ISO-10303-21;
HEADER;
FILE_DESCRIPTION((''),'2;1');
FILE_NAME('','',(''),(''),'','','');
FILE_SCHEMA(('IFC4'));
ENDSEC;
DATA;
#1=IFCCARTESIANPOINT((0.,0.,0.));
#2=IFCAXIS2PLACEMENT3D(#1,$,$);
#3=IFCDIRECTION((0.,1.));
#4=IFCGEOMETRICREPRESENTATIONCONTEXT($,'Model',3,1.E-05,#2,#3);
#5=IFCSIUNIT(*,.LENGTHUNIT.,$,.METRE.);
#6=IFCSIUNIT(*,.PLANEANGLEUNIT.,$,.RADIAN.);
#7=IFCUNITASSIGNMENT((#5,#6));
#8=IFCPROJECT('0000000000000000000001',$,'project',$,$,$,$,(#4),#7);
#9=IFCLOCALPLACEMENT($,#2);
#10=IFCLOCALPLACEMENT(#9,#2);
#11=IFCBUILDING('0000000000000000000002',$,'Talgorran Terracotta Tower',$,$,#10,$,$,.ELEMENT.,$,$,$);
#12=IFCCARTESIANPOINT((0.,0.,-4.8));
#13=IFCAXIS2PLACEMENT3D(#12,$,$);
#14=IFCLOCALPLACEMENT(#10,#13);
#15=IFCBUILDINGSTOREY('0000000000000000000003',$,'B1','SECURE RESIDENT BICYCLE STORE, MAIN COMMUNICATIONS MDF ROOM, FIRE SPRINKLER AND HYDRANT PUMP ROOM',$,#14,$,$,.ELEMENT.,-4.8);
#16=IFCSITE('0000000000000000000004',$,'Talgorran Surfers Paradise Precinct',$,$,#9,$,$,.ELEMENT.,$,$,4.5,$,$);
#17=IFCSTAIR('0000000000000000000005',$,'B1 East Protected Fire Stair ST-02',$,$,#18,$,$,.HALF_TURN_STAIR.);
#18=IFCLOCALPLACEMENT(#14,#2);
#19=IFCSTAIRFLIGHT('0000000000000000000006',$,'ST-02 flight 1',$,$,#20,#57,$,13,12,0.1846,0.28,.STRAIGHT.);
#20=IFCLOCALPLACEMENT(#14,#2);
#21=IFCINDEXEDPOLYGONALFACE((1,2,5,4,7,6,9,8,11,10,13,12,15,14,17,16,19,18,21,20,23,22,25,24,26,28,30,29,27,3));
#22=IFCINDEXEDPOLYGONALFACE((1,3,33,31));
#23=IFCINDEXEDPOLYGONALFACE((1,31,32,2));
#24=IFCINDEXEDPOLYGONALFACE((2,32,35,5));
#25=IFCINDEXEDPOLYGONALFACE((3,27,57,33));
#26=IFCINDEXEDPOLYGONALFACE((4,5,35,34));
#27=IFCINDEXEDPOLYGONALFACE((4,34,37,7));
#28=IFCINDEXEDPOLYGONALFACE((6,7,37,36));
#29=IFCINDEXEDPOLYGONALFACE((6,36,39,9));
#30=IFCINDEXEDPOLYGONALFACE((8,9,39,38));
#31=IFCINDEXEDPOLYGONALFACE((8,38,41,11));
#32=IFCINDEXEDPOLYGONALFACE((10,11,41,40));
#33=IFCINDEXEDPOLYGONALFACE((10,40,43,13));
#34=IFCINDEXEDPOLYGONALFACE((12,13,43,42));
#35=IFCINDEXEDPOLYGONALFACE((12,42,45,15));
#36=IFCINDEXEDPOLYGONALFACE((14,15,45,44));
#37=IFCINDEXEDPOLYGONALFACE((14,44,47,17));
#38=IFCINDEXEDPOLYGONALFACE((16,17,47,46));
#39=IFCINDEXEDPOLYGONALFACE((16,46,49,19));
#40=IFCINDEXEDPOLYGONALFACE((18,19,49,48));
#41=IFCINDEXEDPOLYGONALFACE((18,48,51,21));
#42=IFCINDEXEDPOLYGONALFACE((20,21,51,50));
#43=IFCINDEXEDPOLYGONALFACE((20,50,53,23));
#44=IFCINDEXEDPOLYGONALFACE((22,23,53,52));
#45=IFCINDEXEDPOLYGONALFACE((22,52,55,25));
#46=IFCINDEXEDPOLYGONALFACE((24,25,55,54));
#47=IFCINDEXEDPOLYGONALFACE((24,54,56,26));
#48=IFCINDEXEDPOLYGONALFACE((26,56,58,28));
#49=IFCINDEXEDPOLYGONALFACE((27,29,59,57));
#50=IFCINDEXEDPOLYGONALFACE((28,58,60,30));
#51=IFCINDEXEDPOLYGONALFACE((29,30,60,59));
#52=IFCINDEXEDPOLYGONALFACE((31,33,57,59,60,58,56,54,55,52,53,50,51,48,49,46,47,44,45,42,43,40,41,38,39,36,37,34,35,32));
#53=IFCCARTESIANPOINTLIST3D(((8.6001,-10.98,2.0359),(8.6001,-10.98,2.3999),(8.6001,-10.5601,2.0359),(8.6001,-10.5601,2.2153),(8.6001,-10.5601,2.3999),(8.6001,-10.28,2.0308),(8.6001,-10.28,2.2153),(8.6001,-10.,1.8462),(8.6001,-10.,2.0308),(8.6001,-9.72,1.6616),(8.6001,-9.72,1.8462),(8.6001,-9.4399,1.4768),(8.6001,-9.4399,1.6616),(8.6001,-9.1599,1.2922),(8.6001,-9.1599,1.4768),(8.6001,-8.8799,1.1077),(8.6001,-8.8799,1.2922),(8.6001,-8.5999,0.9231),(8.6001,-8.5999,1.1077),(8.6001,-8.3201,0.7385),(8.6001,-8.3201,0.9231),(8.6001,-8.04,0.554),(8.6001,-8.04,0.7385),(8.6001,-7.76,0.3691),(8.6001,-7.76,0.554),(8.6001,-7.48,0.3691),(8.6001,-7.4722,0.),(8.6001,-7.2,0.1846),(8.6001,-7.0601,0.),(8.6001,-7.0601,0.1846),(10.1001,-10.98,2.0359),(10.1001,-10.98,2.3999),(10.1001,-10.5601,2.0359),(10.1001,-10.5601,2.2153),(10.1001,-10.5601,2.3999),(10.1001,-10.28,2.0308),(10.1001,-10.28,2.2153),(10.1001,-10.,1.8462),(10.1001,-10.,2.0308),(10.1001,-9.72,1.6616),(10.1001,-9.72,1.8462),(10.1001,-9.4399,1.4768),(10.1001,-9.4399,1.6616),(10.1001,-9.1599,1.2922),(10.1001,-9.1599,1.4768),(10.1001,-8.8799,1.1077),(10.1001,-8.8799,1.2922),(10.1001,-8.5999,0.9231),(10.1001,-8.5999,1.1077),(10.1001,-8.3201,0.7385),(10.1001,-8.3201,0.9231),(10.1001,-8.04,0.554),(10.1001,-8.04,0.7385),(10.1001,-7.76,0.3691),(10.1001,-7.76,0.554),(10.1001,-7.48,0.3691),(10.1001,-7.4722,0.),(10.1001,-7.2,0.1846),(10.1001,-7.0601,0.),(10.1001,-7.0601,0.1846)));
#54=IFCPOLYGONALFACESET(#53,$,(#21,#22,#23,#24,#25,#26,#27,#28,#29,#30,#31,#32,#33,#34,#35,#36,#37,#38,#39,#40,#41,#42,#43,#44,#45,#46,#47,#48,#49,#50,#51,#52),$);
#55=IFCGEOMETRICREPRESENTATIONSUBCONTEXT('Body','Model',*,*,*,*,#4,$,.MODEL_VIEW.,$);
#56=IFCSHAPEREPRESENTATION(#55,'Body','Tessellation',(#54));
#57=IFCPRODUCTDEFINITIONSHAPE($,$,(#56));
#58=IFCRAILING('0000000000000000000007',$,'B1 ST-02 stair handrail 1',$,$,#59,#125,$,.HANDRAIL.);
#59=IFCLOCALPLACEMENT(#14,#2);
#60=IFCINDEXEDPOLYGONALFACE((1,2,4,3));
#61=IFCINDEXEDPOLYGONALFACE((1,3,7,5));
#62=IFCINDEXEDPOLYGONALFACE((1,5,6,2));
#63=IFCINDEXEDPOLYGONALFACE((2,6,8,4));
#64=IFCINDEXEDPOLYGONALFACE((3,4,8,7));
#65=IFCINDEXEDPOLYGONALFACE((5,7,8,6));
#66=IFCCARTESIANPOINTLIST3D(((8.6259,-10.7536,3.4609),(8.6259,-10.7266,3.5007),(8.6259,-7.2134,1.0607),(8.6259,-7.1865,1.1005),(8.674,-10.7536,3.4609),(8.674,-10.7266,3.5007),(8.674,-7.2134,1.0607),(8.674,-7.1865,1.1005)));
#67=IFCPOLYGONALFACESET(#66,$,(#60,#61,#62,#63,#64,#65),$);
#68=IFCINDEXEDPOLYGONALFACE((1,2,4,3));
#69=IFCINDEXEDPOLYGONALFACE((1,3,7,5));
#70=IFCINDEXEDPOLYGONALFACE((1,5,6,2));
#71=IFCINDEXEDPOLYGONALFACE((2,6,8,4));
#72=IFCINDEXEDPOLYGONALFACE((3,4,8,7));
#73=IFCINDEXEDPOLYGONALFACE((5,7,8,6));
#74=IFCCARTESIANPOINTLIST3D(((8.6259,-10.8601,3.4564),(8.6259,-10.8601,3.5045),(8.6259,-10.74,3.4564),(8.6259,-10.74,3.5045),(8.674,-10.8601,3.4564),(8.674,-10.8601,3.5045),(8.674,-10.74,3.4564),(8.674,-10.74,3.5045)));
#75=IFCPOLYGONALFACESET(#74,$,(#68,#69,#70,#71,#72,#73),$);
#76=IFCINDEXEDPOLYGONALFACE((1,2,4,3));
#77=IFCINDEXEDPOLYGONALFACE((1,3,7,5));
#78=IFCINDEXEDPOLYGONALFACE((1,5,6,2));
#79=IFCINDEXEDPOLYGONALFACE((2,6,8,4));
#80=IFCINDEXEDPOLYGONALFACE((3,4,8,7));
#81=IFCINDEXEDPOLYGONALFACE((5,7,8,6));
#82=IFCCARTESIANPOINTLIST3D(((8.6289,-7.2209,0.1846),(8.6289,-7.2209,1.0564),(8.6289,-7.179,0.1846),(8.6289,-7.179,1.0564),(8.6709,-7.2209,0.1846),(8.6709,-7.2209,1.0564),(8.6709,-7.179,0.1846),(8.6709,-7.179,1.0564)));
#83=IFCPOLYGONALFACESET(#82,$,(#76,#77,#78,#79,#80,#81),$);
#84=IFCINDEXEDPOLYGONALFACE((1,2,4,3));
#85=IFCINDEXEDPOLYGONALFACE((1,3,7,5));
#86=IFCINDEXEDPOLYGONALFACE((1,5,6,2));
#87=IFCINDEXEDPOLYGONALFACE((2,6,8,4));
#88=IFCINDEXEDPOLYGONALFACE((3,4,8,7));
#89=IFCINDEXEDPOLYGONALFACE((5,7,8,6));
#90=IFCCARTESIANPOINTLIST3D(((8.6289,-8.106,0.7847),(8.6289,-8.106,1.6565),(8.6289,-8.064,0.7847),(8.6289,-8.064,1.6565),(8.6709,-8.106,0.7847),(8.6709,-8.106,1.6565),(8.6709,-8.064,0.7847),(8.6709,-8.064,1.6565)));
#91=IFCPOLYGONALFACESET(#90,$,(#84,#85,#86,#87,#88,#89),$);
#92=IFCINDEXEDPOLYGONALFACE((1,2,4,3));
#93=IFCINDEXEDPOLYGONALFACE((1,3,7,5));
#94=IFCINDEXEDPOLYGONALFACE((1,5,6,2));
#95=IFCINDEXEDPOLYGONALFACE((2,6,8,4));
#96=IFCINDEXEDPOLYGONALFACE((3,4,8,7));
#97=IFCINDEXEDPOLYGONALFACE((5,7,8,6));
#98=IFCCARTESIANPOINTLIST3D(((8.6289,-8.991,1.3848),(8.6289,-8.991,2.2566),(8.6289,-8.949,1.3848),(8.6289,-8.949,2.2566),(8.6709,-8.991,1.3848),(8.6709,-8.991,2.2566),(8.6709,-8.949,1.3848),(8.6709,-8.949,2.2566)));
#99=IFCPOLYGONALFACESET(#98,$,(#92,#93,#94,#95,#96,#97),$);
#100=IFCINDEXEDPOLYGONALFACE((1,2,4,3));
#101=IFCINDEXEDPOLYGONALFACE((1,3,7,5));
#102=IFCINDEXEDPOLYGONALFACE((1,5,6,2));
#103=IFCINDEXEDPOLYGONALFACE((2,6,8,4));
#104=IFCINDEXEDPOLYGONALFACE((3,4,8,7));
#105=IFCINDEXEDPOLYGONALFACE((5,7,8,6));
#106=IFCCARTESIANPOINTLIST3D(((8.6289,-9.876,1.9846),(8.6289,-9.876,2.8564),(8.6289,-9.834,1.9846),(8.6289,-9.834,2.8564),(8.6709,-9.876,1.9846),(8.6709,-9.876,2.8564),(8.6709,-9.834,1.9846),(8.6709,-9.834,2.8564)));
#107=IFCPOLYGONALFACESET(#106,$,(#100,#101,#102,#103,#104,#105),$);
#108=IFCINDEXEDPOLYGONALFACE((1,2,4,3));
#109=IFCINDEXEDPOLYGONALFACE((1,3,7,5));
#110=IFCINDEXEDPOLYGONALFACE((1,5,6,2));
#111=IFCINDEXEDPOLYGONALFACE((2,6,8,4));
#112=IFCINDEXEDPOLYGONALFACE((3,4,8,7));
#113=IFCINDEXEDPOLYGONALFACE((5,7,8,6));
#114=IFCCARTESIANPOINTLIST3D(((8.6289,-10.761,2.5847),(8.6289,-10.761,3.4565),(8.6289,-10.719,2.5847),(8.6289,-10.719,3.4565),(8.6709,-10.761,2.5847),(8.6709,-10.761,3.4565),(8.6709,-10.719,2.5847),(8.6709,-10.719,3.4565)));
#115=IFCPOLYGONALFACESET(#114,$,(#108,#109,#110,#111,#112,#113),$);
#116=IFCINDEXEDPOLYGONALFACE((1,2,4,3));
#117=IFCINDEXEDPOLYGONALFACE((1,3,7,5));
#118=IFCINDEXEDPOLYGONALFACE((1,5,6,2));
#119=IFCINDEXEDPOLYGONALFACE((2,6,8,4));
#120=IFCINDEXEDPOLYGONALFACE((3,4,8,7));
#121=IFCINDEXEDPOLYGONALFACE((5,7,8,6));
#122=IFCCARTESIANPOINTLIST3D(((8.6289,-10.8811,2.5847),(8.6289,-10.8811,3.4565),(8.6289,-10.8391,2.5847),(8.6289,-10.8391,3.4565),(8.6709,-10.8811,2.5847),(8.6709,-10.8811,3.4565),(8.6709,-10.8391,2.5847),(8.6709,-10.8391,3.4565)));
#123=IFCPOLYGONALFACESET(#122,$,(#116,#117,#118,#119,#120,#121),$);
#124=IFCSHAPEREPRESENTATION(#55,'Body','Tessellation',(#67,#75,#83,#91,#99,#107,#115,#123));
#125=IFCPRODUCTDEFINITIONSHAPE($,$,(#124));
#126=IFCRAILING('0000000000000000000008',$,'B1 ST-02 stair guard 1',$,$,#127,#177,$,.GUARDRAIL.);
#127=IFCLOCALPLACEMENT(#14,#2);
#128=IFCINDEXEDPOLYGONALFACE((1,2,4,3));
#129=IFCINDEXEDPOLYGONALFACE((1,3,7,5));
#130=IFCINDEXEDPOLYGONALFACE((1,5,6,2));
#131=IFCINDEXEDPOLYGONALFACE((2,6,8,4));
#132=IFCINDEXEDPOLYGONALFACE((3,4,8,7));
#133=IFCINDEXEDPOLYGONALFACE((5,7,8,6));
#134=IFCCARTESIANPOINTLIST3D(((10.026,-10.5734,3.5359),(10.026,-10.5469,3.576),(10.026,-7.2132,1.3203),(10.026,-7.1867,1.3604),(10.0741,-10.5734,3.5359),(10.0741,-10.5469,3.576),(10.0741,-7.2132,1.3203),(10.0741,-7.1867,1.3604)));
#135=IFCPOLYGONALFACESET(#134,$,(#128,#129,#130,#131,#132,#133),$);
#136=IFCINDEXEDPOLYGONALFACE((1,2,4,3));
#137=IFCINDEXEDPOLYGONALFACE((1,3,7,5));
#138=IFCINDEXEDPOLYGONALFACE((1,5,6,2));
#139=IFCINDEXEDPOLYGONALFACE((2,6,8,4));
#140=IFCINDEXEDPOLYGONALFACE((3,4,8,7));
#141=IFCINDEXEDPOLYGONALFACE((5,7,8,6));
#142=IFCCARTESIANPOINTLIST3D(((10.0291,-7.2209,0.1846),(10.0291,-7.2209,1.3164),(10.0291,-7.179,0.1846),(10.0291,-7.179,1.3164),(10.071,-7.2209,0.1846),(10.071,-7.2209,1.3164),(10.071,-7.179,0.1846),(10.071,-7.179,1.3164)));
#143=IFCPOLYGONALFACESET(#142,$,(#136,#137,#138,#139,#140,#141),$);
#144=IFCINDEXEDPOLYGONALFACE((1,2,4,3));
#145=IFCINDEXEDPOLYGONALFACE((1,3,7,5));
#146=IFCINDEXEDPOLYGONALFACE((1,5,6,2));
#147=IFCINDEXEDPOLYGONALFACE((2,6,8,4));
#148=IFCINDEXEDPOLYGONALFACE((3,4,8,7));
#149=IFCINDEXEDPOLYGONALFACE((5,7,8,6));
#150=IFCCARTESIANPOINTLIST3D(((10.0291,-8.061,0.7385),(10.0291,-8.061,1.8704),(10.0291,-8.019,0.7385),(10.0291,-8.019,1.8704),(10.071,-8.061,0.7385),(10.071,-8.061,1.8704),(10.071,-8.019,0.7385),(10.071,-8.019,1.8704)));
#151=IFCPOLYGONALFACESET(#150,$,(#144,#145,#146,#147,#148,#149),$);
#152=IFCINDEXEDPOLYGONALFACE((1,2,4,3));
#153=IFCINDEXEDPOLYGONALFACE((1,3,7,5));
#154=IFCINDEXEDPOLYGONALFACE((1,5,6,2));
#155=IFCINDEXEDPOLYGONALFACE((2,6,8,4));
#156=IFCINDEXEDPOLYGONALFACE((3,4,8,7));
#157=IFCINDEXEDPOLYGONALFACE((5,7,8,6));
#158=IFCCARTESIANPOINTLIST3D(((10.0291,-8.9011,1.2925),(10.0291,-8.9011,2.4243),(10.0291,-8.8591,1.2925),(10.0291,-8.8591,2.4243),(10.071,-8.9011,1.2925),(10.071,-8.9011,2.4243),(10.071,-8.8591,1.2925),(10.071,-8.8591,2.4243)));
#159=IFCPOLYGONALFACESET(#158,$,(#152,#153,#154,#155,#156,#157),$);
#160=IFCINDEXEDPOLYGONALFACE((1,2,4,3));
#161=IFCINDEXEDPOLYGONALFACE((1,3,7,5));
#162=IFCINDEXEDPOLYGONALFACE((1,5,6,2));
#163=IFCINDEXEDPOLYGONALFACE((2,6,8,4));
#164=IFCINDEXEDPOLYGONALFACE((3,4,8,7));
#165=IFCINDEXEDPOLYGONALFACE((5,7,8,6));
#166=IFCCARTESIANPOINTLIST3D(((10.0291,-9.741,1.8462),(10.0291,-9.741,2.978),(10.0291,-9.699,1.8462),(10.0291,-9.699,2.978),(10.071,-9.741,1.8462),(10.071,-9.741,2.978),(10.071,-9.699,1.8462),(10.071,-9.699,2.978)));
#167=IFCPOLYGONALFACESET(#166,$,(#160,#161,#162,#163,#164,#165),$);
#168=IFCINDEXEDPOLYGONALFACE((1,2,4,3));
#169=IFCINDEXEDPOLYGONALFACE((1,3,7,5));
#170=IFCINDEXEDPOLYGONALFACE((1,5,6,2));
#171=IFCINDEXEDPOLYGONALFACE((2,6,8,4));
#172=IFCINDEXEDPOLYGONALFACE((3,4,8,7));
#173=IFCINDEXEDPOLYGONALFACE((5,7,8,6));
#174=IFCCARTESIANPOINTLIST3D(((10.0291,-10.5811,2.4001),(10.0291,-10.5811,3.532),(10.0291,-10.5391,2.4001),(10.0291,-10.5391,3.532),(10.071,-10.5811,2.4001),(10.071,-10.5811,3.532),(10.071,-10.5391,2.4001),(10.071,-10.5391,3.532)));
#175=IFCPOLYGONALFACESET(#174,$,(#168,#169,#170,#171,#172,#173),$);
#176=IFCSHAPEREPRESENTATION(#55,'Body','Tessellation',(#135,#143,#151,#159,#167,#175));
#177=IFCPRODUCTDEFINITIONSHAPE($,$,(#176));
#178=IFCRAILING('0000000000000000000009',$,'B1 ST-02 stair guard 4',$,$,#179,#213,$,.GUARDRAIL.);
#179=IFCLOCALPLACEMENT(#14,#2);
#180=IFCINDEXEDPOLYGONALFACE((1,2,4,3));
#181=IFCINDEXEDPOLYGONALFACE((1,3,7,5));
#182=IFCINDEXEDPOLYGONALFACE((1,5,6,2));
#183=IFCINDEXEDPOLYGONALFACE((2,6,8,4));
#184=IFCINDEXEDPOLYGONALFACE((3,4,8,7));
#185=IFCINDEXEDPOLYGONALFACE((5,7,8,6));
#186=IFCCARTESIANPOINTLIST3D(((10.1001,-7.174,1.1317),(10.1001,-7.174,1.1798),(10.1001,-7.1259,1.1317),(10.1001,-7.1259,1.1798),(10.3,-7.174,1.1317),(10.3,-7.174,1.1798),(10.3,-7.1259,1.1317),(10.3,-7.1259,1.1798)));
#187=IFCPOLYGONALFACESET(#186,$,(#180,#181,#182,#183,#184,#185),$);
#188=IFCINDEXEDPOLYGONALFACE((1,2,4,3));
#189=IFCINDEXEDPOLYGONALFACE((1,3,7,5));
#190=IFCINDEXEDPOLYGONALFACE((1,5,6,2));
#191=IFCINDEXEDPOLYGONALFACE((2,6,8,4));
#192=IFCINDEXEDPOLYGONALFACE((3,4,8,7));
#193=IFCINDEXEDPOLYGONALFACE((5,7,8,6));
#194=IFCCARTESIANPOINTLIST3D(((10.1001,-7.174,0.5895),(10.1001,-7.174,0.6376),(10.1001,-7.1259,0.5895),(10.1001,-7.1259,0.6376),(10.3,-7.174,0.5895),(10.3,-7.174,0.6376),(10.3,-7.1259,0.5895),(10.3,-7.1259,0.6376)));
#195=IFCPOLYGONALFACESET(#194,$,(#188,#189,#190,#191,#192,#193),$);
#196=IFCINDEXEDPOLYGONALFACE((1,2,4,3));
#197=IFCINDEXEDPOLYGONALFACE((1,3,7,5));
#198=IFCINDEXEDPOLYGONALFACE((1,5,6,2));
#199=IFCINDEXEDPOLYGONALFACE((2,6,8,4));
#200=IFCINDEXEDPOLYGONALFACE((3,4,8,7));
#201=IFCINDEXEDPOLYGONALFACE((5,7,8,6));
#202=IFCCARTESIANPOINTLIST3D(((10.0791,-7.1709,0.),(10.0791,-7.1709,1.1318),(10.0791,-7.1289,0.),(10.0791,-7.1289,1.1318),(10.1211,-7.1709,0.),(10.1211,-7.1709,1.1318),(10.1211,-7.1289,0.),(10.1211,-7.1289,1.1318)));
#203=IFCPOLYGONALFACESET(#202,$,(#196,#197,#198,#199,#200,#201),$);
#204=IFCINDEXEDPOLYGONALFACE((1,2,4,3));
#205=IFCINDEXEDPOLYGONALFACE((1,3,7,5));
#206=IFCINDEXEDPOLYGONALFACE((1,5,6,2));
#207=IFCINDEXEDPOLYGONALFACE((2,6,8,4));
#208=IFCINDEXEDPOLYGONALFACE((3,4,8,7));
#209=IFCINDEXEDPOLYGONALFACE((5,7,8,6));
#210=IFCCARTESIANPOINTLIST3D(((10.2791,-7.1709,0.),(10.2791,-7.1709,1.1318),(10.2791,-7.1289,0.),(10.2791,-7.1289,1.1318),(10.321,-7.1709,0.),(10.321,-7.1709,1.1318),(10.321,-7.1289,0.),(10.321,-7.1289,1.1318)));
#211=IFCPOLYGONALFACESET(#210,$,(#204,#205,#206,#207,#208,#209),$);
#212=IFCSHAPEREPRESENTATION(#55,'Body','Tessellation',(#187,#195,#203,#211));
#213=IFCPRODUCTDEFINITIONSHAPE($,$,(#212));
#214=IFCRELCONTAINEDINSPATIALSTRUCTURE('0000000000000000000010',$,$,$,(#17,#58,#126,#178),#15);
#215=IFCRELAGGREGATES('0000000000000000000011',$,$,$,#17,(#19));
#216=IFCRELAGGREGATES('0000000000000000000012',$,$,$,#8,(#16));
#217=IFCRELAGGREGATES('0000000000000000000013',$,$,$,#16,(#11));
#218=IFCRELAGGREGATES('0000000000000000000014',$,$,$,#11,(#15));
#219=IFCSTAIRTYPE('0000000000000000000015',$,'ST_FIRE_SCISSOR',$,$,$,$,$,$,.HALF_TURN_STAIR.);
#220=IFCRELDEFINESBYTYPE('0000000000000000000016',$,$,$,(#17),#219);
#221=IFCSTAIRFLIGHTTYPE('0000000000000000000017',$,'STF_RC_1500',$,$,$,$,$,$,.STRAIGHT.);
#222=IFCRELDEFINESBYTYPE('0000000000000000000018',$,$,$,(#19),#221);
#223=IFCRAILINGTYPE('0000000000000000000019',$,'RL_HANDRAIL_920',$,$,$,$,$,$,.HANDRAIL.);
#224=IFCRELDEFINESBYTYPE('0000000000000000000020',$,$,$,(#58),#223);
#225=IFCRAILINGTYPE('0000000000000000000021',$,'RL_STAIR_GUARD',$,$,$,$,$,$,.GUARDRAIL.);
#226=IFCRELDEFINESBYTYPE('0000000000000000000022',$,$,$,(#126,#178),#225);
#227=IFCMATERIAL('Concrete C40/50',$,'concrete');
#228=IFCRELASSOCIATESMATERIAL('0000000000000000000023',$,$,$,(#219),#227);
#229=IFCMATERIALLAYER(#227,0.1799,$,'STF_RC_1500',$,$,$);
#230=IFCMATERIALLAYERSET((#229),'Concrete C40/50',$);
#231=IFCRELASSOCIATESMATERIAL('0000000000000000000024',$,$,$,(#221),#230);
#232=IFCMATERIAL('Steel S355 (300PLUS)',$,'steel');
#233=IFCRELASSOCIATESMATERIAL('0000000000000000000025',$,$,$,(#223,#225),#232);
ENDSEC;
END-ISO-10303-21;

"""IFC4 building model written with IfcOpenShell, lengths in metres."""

from ifc_helpers import new_model, si_unit, direction, frame, origin, origin_2d, place, context, subcontext, project, spatial, polyline, rectangle, outline, extrude, material, layer, layer_set, type_object, element, aggregate, save


model = new_model("IFC4")

# Units and contexts
model_context = context("Model", 3, precision=1e-05, world=origin(), true_north=direction((0.0, 1.0)))
body_context = subcontext(model_context, "Body", "Model", "MODEL_VIEW")
ifc_project = project(units=[si_unit("LENGTHUNIT", "METRE"), si_unit("PLANEANGLEUNIT", "RADIAN")], contexts=[model_context])

# Site, building, storey
site_placement = place(None, origin())
site = spatial("IfcSite", under=ifc_project, at=site_placement, Name="Talgorran Surfers Paradise Precinct", CompositionType="ELEMENT", RefElevation=4.5)
building_placement = place(site_placement, origin())
building = spatial("IfcBuilding", under=site, at=building_placement, Name="Talgorran Terracotta Tower", CompositionType="ELEMENT")
storey_placement = place(building_placement, frame((0.0, 0.0, -4.8)))
storey = spatial("IfcBuildingStorey", under=building, at=storey_placement, Name="B1", Description="SECURE RESIDENT BICYCLE STORE, MAIN COMMUNICATIONS MDF ROOM, FIRE SPRINKLER AND HYDRANT PUMP ROOM", CompositionType="ELEMENT", Elevation=-4.8)

# Shared definitions
ifc_material_1 = material(Name="Steel S355 (300PLUS)", Category="steel")

# Stair, stair flight
ifc_material_2 = material(Name="Concrete C40/50", Category="concrete")
stair_type = type_object("IfcStairType", Name="ST_FIRE_SCISSOR", PredefinedType="HALF_TURN_STAIR", material=ifc_material_2)
stair_placement = place(storey_placement, origin())
stair = element("IfcStair", 1, at=stair_placement, inside=storey, type_object=stair_type, Name="B1 East Protected Fire Stair ST-02", PredefinedType="HALF_TURN_STAIR")
ifc_layer_1 = layer(ifc_material_2, 0.1799, Name="STF_RC_1500")
ifc_layer_set_1 = layer_set([ifc_layer_1], Name="Concrete C40/50")
stair_flight_type = type_object("IfcStairFlightType", Name="STF_RC_1500", PredefinedType="STRAIGHT", material=ifc_layer_set_1)
stair_flight_placement = place(storey_placement, frame((9.3501, -7.2, 0.0), z_axis=(0.0, 0.0, 1.0), x_axis=(0.0, -1.0, 0.0)))
stair_flight = element("IfcStairFlight", 2, at=stair_flight_placement, type_object=stair_flight_type, Name="ST-02 flight 1", NumberOfRisers=13, NumberOfTreads=12, PredefinedType="STRAIGHT", RiserHeight=0.1846, TreadLength=0.28, context=body_context, shape_type="SweptSolid", body=[
    extrude(outline(polyline([(-0.1399, 0.0), (-0.1399, 0.1846), (0.0, 0.1846), (0.28, 0.3691), (0.5601, 0.3691), (0.5601, 0.554), (0.8401, 0.554), (0.8401, 0.7385), (1.1201, 0.7385), (1.1201, 0.9231), (1.3999, 0.9231), (1.3999, 1.1077), (1.6799, 1.1077), (1.6799, 1.2922), (1.96, 1.2922), (1.96, 1.4768), (2.24, 1.4768), (2.24, 1.6616), (2.52, 1.6616), (2.52, 1.8462), (2.8, 1.8462), (2.8, 2.0308), (3.0801, 2.0308), (3.0801, 2.2153), (3.3601, 2.2153), (3.3601, 2.3999), (3.78, 2.3999), (3.78, 2.0359), (3.3601, 2.0359), (0.2722, 0.0), (-0.1399, 0.0)])), frame((0.0, 0.75, 0.0), z_axis=(0.0, -1.0, 0.0), x_axis=(1.0, 0.0, 0.0)), (0.0, 0.0, 1.0), 1.5),
])
aggregate(stair, [stair_flight])

# Railings
railing_type_1 = type_object("IfcRailingType", Name="RL_HANDRAIL_920", PredefinedType="HANDRAIL", material=ifc_material_1)
railing_1_placement = place(storey_placement, frame((8.6499, -7.2, 0.1846)))
element("IfcRailing", 3, at=railing_1_placement, inside=storey, type_object=railing_type_1, Name="B1 ST-02 stair handrail 1", PredefinedType="HANDRAIL", context=body_context, shape_type="SweptSolid", body=[
    extrude(rectangle(XDim=0.0481, YDim=0.0481, at=origin_2d()), frame((0.0, 0.0, 0.896), z_axis=(0.0, -0.827695, 0.561178), x_axis=(1.0, 0.0, 0.0)), (0.0, 0.0, 1.0), 4.2771),
    extrude(rectangle(XDim=0.0481, YDim=0.0481, at=origin_2d()), frame((0.0, -3.54, 3.2959), z_axis=(0.0, -1.0, 0.0), x_axis=(1.0, 0.0, 0.0)), (0.0, 0.0, 1.0), 0.1201),
    extrude(rectangle(XDim=0.042, YDim=0.042, at=origin_2d()), origin(), (0.0, 0.0, 1.0), 0.8718),
    extrude(rectangle(XDim=0.042, YDim=0.042, at=origin_2d()), frame((0.0, -0.885, 0.6001)), (0.0, 0.0, 1.0), 0.8718),
    extrude(rectangle(XDim=0.042, YDim=0.042, at=origin_2d()), frame((0.0, -1.77, 1.2002)), (0.0, 0.0, 1.0), 0.8718),
    extrude(rectangle(XDim=0.042, YDim=0.042, at=origin_2d()), frame((0.0, -2.655, 1.8)), (0.0, 0.0, 1.0), 0.8718),
    extrude(rectangle(XDim=0.042, YDim=0.042, at=origin_2d()), frame((0.0, -3.54, 2.4001)), (0.0, 0.0, 1.0), 0.8718),
    extrude(rectangle(XDim=0.042, YDim=0.042, at=origin_2d()), frame((0.0, -3.6602, 2.4001)), (0.0, 0.0, 1.0), 0.8718),
])
railing_type_2 = type_object("IfcRailingType", Name="RL_STAIR_GUARD", PredefinedType="GUARDRAIL", material=ifc_material_1)
railing_2_placement = place(storey_placement, frame((10.05, -7.2, 0.1846)))
element("IfcRailing", 4, at=railing_2_placement, inside=storey, type_object=railing_type_2, Name="B1 ST-02 stair guard 1", PredefinedType="GUARDRAIL", context=body_context, shape_type="SweptSolid", body=[
    extrude(rectangle(XDim=0.0481, YDim=0.0481, at=origin_2d()), frame((0.0, 0.0, 1.1558), z_axis=(0.0, -0.834849, 0.55048), x_axis=(1.0, 0.0, 0.0)), (0.0, 0.0, 1.0), 4.0249),
    extrude(rectangle(XDim=0.042, YDim=0.042, at=origin_2d()), origin(), (0.0, 0.0, 1.0), 1.1318),
    extrude(rectangle(XDim=0.042, YDim=0.042, at=origin_2d()), frame((0.0, -0.8401, 0.554)), (0.0, 0.0, 1.0), 1.1318),
    extrude(rectangle(XDim=0.042, YDim=0.042, at=origin_2d()), frame((0.0, -1.6802, 1.1079)), (0.0, 0.0, 1.0), 1.1318),
    extrude(rectangle(XDim=0.042, YDim=0.042, at=origin_2d()), frame((0.0, -2.52, 1.6616)), (0.0, 0.0, 1.0), 1.1318),
    extrude(rectangle(XDim=0.042, YDim=0.042, at=origin_2d()), frame((0.0, -3.3601, 2.2156)), (0.0, 0.0, 1.0), 1.1318),
])
railing_3_placement = place(storey_placement, frame((10.1001, -7.1499, 0.0)))
element("IfcRailing", 5, at=railing_3_placement, inside=storey, type_object=railing_type_2, Name="B1 ST-02 stair guard 4", PredefinedType="GUARDRAIL", context=body_context, shape_type="SweptSolid", body=[
    extrude(rectangle(XDim=0.0481, YDim=0.0481, at=origin_2d()), frame((0.0, 0.0, 1.1558), z_axis=(1.0, 0.0, 0.0), x_axis=(0.0, 1.0, 0.0)), (0.0, 0.0, 1.0), 0.2),
    extrude(rectangle(XDim=0.0481, YDim=0.0481, at=origin_2d()), frame((0.0, 0.0, 0.6135), z_axis=(1.0, 0.0, 0.0), x_axis=(0.0, 1.0, 0.0)), (0.0, 0.0, 1.0), 0.2),
    extrude(rectangle(XDim=0.042, YDim=0.042, at=origin_2d()), origin(), (0.0, 0.0, 1.0), 1.1318),
    extrude(rectangle(XDim=0.042, YDim=0.042, at=origin_2d()), frame((0.2, 0.0, 0.0)), (0.0, 0.0, 1.0), 1.1318),
])

save(model, "model.ifc")
